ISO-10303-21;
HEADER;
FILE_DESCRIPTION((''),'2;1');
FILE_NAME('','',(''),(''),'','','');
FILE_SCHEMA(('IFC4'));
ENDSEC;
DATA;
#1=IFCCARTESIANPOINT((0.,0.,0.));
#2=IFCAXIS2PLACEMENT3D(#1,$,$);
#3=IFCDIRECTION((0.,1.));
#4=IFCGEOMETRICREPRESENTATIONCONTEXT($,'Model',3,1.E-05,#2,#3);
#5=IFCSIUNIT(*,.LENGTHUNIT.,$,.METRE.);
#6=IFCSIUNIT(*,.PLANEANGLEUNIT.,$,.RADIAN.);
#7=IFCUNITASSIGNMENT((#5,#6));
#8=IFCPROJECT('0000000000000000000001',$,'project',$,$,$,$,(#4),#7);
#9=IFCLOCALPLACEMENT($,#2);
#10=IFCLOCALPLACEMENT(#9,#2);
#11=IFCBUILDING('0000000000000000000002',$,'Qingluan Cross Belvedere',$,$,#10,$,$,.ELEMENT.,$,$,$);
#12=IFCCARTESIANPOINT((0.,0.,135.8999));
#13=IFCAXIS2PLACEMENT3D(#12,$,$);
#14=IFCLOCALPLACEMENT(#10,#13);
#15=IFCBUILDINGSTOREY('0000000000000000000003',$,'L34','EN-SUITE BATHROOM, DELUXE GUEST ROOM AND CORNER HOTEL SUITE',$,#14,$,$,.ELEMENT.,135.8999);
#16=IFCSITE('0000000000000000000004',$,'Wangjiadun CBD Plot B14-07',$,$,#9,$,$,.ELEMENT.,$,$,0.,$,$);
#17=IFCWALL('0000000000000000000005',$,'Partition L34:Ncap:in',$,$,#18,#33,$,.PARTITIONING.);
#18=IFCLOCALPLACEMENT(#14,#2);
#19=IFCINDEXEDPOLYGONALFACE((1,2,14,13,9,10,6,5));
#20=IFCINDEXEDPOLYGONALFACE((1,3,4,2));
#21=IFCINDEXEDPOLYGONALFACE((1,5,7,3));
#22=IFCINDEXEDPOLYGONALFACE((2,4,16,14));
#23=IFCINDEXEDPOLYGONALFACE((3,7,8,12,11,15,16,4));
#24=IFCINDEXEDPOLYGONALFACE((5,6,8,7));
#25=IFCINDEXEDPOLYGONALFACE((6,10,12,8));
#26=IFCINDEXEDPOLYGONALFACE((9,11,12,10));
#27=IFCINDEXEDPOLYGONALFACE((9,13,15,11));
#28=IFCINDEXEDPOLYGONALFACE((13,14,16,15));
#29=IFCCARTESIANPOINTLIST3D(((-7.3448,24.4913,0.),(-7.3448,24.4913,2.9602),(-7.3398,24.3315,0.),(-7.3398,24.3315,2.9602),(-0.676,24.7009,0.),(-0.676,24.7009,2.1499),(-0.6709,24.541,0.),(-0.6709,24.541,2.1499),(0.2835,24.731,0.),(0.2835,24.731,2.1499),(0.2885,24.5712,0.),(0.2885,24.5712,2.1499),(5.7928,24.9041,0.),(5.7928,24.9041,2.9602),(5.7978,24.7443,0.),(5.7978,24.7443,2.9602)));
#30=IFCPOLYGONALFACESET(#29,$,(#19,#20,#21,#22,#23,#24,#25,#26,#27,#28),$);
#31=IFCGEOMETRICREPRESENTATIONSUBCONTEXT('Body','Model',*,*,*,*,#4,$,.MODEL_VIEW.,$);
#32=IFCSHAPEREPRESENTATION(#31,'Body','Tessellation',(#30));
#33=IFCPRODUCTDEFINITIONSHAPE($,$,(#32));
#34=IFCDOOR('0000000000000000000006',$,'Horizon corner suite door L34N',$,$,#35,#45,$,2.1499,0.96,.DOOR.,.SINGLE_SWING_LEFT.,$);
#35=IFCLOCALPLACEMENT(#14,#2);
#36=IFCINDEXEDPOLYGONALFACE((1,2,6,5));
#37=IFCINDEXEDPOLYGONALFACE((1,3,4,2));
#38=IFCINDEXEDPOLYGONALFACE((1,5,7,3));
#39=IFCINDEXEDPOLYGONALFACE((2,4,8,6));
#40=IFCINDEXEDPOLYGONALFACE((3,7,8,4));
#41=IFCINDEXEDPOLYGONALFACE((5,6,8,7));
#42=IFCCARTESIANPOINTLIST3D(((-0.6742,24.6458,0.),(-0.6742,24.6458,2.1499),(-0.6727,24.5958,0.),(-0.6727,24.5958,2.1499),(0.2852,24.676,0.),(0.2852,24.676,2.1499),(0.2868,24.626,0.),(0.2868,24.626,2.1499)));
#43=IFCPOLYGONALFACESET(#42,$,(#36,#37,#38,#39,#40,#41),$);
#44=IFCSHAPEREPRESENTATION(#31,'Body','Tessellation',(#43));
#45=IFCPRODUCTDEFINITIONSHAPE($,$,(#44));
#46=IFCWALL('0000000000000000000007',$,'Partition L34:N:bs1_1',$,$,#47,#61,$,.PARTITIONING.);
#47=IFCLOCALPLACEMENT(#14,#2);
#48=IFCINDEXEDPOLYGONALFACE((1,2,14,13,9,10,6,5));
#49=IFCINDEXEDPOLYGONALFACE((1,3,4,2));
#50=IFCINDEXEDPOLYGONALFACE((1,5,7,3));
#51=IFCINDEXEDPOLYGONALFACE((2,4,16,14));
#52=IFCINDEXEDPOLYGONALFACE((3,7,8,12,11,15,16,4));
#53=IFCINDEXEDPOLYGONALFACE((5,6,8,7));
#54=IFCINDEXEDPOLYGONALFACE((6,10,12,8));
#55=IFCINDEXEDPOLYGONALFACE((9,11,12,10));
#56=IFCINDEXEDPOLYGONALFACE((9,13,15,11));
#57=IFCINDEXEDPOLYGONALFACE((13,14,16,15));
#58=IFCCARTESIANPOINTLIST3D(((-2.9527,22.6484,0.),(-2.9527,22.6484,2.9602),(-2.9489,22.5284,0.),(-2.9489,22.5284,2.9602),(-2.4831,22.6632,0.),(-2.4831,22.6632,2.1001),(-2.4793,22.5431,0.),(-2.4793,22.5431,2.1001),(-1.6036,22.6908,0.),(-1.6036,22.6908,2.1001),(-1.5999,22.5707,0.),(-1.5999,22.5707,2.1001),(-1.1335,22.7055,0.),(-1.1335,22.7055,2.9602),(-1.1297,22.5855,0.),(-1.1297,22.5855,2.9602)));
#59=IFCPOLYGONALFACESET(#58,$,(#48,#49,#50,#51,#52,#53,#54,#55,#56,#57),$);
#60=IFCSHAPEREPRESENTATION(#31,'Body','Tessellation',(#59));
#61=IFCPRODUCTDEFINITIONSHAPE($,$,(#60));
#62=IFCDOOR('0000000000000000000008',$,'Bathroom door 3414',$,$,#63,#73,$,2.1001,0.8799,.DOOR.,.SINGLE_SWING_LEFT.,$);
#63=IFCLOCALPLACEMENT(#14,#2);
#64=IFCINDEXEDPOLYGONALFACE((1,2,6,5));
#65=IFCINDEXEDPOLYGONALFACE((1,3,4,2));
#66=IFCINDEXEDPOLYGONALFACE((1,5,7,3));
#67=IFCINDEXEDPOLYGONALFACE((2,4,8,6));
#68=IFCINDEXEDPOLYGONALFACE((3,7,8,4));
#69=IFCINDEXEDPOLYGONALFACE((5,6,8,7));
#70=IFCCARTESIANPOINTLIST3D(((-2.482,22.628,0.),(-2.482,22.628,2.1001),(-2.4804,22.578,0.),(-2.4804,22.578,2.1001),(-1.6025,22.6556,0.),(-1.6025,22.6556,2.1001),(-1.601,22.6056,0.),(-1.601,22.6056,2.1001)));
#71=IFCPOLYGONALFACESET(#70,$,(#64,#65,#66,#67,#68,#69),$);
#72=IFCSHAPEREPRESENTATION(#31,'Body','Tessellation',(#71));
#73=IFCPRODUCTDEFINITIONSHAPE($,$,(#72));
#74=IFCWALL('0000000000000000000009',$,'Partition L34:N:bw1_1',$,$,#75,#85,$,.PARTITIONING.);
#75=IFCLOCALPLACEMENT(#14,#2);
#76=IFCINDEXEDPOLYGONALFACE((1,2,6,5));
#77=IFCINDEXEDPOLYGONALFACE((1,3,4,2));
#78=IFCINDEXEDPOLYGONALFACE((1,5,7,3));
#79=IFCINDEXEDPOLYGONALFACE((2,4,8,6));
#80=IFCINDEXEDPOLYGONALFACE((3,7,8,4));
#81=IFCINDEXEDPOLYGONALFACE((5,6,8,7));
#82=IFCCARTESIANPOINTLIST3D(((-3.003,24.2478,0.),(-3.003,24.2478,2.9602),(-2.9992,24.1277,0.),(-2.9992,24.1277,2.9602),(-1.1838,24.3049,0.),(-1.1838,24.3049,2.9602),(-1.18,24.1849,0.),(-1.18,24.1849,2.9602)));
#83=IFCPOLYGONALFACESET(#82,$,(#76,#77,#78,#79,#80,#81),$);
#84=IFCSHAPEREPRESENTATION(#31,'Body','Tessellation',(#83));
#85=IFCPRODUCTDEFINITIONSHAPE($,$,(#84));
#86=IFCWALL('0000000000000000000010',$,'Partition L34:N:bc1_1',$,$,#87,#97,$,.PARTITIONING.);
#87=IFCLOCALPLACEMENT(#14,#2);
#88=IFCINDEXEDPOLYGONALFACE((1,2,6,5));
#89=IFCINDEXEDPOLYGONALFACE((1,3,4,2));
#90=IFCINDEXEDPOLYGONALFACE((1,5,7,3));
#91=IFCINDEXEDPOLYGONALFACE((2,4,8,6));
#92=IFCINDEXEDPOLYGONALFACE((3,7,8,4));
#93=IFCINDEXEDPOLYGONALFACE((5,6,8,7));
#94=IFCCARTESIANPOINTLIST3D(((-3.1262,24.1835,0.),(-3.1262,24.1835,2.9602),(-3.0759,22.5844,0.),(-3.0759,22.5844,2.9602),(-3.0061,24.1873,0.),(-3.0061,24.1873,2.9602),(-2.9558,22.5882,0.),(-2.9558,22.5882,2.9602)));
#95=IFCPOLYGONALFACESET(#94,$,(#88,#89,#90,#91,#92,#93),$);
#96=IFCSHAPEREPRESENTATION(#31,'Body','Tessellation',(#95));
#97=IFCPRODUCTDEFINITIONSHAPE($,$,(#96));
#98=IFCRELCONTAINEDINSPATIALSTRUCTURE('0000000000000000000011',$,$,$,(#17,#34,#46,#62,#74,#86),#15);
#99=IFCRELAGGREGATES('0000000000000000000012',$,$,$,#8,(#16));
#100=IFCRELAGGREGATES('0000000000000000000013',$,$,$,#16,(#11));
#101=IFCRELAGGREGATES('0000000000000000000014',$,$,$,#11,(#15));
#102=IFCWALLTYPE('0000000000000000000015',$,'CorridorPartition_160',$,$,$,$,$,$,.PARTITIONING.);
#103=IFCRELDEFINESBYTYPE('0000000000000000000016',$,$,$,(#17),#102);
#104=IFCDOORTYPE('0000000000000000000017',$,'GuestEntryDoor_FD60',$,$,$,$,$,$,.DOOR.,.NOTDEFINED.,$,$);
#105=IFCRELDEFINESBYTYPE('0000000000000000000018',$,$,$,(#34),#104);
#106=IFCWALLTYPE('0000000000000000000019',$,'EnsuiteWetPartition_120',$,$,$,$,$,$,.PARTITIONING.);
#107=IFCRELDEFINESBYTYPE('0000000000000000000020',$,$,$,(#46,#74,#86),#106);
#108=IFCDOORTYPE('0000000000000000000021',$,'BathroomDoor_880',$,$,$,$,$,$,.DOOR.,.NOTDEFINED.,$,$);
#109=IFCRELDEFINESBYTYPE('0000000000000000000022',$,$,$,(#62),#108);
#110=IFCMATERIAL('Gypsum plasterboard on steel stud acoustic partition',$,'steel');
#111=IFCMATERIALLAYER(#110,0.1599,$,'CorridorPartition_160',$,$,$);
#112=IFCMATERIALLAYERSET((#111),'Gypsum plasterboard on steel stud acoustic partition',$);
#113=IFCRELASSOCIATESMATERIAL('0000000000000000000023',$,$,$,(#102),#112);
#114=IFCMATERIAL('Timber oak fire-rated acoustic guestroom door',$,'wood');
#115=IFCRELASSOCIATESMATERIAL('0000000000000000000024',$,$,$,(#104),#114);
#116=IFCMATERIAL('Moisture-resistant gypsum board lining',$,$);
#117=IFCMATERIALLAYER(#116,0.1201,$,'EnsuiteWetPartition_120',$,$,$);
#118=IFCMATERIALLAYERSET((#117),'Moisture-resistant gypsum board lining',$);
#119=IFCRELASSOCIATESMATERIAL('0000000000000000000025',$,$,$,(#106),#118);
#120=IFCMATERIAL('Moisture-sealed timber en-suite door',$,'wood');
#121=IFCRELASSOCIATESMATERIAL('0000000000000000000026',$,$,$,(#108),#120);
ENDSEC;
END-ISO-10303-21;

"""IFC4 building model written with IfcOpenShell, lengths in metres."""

from ifc_helpers import new_model, si_unit, direction, frame, frame_2d, origin, place, context, subcontext, project, spatial, rectangle, extrude, material, layer, layer_set, type_object, element, fill, save


model = new_model("IFC4")

# Units and contexts
model_context = context("Model", 3, precision=1e-05, world=origin(), true_north=direction((0.0, 1.0)))
body_context = subcontext(model_context, "Body", "Model", "MODEL_VIEW")
ifc_project = project(units=[si_unit("LENGTHUNIT", "METRE"), si_unit("PLANEANGLEUNIT", "RADIAN")], contexts=[model_context])

# Site, building, storey
site_placement = place(None, origin())
site = spatial("IfcSite", under=ifc_project, at=site_placement, Name="Wangjiadun CBD Plot B14-07", CompositionType="ELEMENT", RefElevation=0.0)
building_placement = place(site_placement, origin())
building = spatial("IfcBuilding", under=site, at=building_placement, Name="Qingluan Cross Belvedere", CompositionType="ELEMENT")
storey_placement = place(building_placement, frame((0.0, 0.0, 135.8999)))
storey = spatial("IfcBuildingStorey", under=building, at=storey_placement, Name="L34", Description="EN-SUITE BATHROOM, DELUXE GUEST ROOM AND CORNER HOTEL SUITE", CompositionType="ELEMENT", Elevation=135.8999)

# Shared definitions
ifc_material_1 = material(Name="Gypsum plasterboard on steel stud acoustic partition", Category="steel")
ifc_layer_1 = layer(ifc_material_1, 0.1599, Name="CorridorPartition_160")
ifc_layer_set_1 = layer_set([ifc_layer_1], Name="Gypsum plasterboard on steel stud acoustic partition")
wall_type_1 = type_object("IfcWallType", Name="CorridorPartition_160", PredefinedType="PARTITIONING", material=ifc_layer_set_1)

# Walls, openings, doors
wall_1_placement = place(storey_placement, frame((-7.3423, 24.4114, 0.0), z_axis=(0.0, 0.0, 1.0), x_axis=(0.999507, 0.031409, 0.0)))
wall_1 = element("IfcWall", 1, at=wall_1_placement, inside=storey, type_object=wall_type_1, Name="Partition L34:Ncap:in", PredefinedType="PARTITIONING", context=body_context, shape_type="SweptSolid", body=[
    extrude(rectangle(XDim=13.144, YDim=0.1599, at=frame_2d((6.572, 0.0))), origin(), (0.0, 0.0, 1.0), 2.9602),
])
opening_1_placement = place(wall_1_placement, frame((6.6721, 0.0, 0.0)))
opening_1 = element("IfcOpeningElement", 2, at=opening_1_placement, cuts=wall_1, PredefinedType="OPENING", context=body_context, shape_type="SweptSolid", body=[
    extrude(rectangle(XDim=0.96, YDim=2.1499, at=frame_2d((0.48, 1.075))), frame((0.0, 0.0898, 0.0), z_axis=(0.0, -1.0, 0.0), x_axis=(1.0, 0.0, 0.0)), (0.0, 0.0, 1.0), 0.1799),
])
ifc_material_2 = material(Name="Timber oak fire-rated acoustic guestroom door", Category="wood")
door_type_1 = type_object("IfcDoorType", Name="GuestEntryDoor_FD60", OperationType="NOTDEFINED", PredefinedType="DOOR", material=ifc_material_2)
door_1_placement = place(opening_1_placement, origin())
door_1 = element("IfcDoor", 3, at=door_1_placement, inside=storey, type_object=door_type_1, Name="Horizon corner suite door L34N", OperationType="SINGLE_SWING_LEFT", OverallHeight=2.1499, OverallWidth=0.96, PredefinedType="DOOR", context=body_context, shape_type="SweptSolid", body=[
    extrude(rectangle(XDim=0.96, YDim=2.1499, at=frame_2d((0.48, 1.075))), frame((0.0, 0.0249, 0.0), z_axis=(0.0, -1.0, 0.0), x_axis=(1.0, 0.0, 0.0)), (0.0, 0.0, 1.0), 0.05),
])
fill(opening_1, door_1)
ifc_material_3 = material(Name="Moisture-resistant gypsum board lining")
ifc_layer_2 = layer(ifc_material_3, 0.1201, Name="EnsuiteWetPartition_120")
ifc_layer_set_2 = layer_set([ifc_layer_2], Name="Moisture-resistant gypsum board lining")
wall_type_2 = type_object("IfcWallType", Name="EnsuiteWetPartition_120", PredefinedType="PARTITIONING", material=ifc_layer_set_2)
wall_2_placement = place(storey_placement, frame((-2.9509, 22.5884, 0.0), z_axis=(0.0, 0.0, 1.0), x_axis=(0.999507, 0.03139, 0.0)))
wall_2 = element("IfcWall", 4, at=wall_2_placement, inside=storey, type_object=wall_type_2, Name="Partition L34:N:bs1_1", PredefinedType="PARTITIONING", context=body_context, shape_type="SweptSolid", body=[
    extrude(rectangle(XDim=1.8201, YDim=0.1201, at=frame_2d((0.9102, 0.0))), origin(), (0.0, 0.0, 1.0), 2.9602),
])
opening_2_placement = place(wall_2_placement, frame((0.47, 0.0, 0.0)))
opening_2 = element("IfcOpeningElement", 5, at=opening_2_placement, cuts=wall_2, PredefinedType="OPENING", context=body_context, shape_type="SweptSolid", body=[
    extrude(rectangle(XDim=0.8799, YDim=2.1001, at=frame_2d((0.4399, 1.05))), frame((0.0, 0.0701, 0.0), z_axis=(0.0, -1.0, 0.0), x_axis=(1.0, 0.0, 0.0)), (0.0, 0.0, 1.0), 0.1401),
])
ifc_material_4 = material(Name="Moisture-sealed timber en-suite door", Category="wood")
door_type_2 = type_object("IfcDoorType", Name="BathroomDoor_880", OperationType="NOTDEFINED", PredefinedType="DOOR", material=ifc_material_4)
door_2_placement = place(opening_2_placement, origin())
door_2 = element("IfcDoor", 6, at=door_2_placement, inside=storey, type_object=door_type_2, Name="Bathroom door 3414", OperationType="SINGLE_SWING_LEFT", OverallHeight=2.1001, OverallWidth=0.8799, PredefinedType="DOOR", context=body_context, shape_type="SweptSolid", body=[
    extrude(rectangle(XDim=0.8799, YDim=2.1001, at=frame_2d((0.4399, 1.05))), frame((0.0, 0.0249, 0.0), z_axis=(0.0, -1.0, 0.0), x_axis=(1.0, 0.0, 0.0)), (0.0, 0.0, 1.0), 0.05),
])
fill(opening_2, door_2)

# Walls
wall_3_placement = place(storey_placement, frame((-3.0012, 24.1877, 0.0), z_axis=(0.0, 0.0, 1.0), x_axis=(0.999507, 0.03139, 0.0)))
element("IfcWall", 7, at=wall_3_placement, inside=storey, type_object=wall_type_2, Name="Partition L34:N:bw1_1", PredefinedType="PARTITIONING", context=body_context, shape_type="SweptSolid", body=[
    extrude(rectangle(XDim=1.8201, YDim=0.1201, at=frame_2d((0.9102, 0.0))), origin(), (0.0, 0.0, 1.0), 2.9602),
])
wall_4_placement = place(storey_placement, frame((-3.0159, 22.5864, 0.0), z_axis=(0.0, 0.0, 1.0), x_axis=(-0.031435, 0.999506, 0.0)))
element("IfcWall", 8, at=wall_4_placement, inside=storey, type_object=wall_type_2, Name="Partition L34:N:bc1_1", PredefinedType="PARTITIONING", context=body_context, shape_type="SweptSolid", body=[
    extrude(rectangle(XDim=1.5999, YDim=0.1201, at=frame_2d((0.7998, 0.0))), origin(), (0.0, 0.0, 1.0), 2.9602),
])

save(model, "model.ifc")
